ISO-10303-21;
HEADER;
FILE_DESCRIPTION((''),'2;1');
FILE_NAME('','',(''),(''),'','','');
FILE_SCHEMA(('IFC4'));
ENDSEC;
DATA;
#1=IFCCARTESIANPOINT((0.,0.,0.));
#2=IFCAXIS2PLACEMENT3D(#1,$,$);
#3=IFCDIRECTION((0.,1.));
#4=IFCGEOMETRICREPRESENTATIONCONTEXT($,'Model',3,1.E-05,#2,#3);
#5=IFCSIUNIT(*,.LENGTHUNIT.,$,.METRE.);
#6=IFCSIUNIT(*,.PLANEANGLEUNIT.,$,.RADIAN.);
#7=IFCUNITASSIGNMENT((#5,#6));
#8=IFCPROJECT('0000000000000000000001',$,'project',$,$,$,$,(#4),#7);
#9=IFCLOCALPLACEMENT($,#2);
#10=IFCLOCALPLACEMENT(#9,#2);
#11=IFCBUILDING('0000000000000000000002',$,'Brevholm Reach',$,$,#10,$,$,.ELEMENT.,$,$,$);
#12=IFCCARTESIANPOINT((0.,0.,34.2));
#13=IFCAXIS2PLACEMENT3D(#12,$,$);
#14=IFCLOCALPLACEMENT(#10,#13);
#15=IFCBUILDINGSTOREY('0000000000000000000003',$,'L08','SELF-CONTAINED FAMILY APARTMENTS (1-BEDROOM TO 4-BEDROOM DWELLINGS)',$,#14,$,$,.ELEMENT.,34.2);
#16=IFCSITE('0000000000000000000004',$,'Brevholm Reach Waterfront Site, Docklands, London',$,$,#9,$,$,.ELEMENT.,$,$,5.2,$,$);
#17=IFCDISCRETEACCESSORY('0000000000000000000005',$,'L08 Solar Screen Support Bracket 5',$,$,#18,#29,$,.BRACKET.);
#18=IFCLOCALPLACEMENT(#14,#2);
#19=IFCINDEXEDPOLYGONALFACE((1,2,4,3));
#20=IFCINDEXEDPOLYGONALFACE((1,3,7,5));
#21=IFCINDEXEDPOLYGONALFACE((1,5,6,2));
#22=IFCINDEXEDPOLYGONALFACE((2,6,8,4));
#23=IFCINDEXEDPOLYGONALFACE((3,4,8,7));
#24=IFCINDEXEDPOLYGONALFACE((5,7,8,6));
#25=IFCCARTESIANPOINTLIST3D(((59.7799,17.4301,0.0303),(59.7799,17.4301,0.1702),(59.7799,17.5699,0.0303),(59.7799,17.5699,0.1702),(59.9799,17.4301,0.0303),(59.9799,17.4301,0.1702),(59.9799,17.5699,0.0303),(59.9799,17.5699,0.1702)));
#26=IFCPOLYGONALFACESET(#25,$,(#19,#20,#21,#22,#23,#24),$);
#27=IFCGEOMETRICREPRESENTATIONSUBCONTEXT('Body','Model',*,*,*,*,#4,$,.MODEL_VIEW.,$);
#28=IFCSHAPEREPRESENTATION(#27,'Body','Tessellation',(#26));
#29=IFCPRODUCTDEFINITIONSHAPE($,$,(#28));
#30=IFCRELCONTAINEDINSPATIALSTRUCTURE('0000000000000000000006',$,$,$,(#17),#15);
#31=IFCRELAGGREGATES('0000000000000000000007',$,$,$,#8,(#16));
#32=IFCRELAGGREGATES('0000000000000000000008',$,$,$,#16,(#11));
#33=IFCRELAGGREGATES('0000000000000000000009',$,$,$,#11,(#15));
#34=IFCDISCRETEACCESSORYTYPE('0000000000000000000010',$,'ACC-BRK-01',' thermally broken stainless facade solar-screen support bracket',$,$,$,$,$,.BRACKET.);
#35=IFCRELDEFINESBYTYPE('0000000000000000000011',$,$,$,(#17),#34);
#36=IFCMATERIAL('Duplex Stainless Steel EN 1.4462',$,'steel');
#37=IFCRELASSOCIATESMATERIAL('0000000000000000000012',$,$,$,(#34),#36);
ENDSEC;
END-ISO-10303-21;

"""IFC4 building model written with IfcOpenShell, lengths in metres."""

from ifc_helpers import new_model, si_unit, direction, frame, origin, origin_2d, place, context, subcontext, project, spatial, rectangle, extrude, material, type_object, element, save


model = new_model("IFC4")

# Units and contexts
model_context = context("Model", 3, precision=1e-05, world=origin(), true_north=direction((0.0, 1.0)))
body_context = subcontext(model_context, "Body", "Model", "MODEL_VIEW")
ifc_project = project(units=[si_unit("LENGTHUNIT", "METRE"), si_unit("PLANEANGLEUNIT", "RADIAN")], contexts=[model_context])

# Site, building, storey
site_placement = place(None, origin())
site = spatial("IfcSite", under=ifc_project, at=site_placement, Name="Brevholm Reach Waterfront Site, Docklands, London", CompositionType="ELEMENT", RefElevation=5.2)
building_placement = place(site_placement, origin())
building = spatial("IfcBuilding", under=site, at=building_placement, Name="Brevholm Reach", CompositionType="ELEMENT")
storey_placement = place(building_placement, frame((0.0, 0.0, 34.2)))
storey = spatial("IfcBuildingStorey", under=building, at=storey_placement, Name="L08", Description="SELF-CONTAINED FAMILY APARTMENTS (1-BEDROOM TO 4-BEDROOM DWELLINGS)", CompositionType="ELEMENT", Elevation=34.2)

# Discrete accessory
ifc_material_1 = material(Name="Duplex Stainless Steel EN 1.4462", Category="steel")
discrete_accessory_type = type_object("IfcDiscreteAccessoryType", Name="ACC-BRK-01", Description=" thermally broken stainless facade solar-screen support bracket", PredefinedType="BRACKET", material=ifc_material_1)
for number, where, z_axis, x_axis, name in (
    (1, (59.8799, 17.5, 0.0303), (0.0, 0.0, 1.0), (1.0, 0.0, 0.0), "L08 Solar Screen Support Bracket 5"),
):
    element("IfcDiscreteAccessory", number, at=place(storey_placement, frame(where, z_axis=z_axis, x_axis=x_axis)), inside=storey, type_object=discrete_accessory_type, Name=name, PredefinedType="BRACKET", context=body_context, shape_type="SweptSolid", body=[
        extrude(rectangle(XDim=0.2, YDim=0.1399, at=origin_2d()), origin(), (0.0, 0.0, 1.0), 0.1399),
    ])

save(model, "model.ifc")
